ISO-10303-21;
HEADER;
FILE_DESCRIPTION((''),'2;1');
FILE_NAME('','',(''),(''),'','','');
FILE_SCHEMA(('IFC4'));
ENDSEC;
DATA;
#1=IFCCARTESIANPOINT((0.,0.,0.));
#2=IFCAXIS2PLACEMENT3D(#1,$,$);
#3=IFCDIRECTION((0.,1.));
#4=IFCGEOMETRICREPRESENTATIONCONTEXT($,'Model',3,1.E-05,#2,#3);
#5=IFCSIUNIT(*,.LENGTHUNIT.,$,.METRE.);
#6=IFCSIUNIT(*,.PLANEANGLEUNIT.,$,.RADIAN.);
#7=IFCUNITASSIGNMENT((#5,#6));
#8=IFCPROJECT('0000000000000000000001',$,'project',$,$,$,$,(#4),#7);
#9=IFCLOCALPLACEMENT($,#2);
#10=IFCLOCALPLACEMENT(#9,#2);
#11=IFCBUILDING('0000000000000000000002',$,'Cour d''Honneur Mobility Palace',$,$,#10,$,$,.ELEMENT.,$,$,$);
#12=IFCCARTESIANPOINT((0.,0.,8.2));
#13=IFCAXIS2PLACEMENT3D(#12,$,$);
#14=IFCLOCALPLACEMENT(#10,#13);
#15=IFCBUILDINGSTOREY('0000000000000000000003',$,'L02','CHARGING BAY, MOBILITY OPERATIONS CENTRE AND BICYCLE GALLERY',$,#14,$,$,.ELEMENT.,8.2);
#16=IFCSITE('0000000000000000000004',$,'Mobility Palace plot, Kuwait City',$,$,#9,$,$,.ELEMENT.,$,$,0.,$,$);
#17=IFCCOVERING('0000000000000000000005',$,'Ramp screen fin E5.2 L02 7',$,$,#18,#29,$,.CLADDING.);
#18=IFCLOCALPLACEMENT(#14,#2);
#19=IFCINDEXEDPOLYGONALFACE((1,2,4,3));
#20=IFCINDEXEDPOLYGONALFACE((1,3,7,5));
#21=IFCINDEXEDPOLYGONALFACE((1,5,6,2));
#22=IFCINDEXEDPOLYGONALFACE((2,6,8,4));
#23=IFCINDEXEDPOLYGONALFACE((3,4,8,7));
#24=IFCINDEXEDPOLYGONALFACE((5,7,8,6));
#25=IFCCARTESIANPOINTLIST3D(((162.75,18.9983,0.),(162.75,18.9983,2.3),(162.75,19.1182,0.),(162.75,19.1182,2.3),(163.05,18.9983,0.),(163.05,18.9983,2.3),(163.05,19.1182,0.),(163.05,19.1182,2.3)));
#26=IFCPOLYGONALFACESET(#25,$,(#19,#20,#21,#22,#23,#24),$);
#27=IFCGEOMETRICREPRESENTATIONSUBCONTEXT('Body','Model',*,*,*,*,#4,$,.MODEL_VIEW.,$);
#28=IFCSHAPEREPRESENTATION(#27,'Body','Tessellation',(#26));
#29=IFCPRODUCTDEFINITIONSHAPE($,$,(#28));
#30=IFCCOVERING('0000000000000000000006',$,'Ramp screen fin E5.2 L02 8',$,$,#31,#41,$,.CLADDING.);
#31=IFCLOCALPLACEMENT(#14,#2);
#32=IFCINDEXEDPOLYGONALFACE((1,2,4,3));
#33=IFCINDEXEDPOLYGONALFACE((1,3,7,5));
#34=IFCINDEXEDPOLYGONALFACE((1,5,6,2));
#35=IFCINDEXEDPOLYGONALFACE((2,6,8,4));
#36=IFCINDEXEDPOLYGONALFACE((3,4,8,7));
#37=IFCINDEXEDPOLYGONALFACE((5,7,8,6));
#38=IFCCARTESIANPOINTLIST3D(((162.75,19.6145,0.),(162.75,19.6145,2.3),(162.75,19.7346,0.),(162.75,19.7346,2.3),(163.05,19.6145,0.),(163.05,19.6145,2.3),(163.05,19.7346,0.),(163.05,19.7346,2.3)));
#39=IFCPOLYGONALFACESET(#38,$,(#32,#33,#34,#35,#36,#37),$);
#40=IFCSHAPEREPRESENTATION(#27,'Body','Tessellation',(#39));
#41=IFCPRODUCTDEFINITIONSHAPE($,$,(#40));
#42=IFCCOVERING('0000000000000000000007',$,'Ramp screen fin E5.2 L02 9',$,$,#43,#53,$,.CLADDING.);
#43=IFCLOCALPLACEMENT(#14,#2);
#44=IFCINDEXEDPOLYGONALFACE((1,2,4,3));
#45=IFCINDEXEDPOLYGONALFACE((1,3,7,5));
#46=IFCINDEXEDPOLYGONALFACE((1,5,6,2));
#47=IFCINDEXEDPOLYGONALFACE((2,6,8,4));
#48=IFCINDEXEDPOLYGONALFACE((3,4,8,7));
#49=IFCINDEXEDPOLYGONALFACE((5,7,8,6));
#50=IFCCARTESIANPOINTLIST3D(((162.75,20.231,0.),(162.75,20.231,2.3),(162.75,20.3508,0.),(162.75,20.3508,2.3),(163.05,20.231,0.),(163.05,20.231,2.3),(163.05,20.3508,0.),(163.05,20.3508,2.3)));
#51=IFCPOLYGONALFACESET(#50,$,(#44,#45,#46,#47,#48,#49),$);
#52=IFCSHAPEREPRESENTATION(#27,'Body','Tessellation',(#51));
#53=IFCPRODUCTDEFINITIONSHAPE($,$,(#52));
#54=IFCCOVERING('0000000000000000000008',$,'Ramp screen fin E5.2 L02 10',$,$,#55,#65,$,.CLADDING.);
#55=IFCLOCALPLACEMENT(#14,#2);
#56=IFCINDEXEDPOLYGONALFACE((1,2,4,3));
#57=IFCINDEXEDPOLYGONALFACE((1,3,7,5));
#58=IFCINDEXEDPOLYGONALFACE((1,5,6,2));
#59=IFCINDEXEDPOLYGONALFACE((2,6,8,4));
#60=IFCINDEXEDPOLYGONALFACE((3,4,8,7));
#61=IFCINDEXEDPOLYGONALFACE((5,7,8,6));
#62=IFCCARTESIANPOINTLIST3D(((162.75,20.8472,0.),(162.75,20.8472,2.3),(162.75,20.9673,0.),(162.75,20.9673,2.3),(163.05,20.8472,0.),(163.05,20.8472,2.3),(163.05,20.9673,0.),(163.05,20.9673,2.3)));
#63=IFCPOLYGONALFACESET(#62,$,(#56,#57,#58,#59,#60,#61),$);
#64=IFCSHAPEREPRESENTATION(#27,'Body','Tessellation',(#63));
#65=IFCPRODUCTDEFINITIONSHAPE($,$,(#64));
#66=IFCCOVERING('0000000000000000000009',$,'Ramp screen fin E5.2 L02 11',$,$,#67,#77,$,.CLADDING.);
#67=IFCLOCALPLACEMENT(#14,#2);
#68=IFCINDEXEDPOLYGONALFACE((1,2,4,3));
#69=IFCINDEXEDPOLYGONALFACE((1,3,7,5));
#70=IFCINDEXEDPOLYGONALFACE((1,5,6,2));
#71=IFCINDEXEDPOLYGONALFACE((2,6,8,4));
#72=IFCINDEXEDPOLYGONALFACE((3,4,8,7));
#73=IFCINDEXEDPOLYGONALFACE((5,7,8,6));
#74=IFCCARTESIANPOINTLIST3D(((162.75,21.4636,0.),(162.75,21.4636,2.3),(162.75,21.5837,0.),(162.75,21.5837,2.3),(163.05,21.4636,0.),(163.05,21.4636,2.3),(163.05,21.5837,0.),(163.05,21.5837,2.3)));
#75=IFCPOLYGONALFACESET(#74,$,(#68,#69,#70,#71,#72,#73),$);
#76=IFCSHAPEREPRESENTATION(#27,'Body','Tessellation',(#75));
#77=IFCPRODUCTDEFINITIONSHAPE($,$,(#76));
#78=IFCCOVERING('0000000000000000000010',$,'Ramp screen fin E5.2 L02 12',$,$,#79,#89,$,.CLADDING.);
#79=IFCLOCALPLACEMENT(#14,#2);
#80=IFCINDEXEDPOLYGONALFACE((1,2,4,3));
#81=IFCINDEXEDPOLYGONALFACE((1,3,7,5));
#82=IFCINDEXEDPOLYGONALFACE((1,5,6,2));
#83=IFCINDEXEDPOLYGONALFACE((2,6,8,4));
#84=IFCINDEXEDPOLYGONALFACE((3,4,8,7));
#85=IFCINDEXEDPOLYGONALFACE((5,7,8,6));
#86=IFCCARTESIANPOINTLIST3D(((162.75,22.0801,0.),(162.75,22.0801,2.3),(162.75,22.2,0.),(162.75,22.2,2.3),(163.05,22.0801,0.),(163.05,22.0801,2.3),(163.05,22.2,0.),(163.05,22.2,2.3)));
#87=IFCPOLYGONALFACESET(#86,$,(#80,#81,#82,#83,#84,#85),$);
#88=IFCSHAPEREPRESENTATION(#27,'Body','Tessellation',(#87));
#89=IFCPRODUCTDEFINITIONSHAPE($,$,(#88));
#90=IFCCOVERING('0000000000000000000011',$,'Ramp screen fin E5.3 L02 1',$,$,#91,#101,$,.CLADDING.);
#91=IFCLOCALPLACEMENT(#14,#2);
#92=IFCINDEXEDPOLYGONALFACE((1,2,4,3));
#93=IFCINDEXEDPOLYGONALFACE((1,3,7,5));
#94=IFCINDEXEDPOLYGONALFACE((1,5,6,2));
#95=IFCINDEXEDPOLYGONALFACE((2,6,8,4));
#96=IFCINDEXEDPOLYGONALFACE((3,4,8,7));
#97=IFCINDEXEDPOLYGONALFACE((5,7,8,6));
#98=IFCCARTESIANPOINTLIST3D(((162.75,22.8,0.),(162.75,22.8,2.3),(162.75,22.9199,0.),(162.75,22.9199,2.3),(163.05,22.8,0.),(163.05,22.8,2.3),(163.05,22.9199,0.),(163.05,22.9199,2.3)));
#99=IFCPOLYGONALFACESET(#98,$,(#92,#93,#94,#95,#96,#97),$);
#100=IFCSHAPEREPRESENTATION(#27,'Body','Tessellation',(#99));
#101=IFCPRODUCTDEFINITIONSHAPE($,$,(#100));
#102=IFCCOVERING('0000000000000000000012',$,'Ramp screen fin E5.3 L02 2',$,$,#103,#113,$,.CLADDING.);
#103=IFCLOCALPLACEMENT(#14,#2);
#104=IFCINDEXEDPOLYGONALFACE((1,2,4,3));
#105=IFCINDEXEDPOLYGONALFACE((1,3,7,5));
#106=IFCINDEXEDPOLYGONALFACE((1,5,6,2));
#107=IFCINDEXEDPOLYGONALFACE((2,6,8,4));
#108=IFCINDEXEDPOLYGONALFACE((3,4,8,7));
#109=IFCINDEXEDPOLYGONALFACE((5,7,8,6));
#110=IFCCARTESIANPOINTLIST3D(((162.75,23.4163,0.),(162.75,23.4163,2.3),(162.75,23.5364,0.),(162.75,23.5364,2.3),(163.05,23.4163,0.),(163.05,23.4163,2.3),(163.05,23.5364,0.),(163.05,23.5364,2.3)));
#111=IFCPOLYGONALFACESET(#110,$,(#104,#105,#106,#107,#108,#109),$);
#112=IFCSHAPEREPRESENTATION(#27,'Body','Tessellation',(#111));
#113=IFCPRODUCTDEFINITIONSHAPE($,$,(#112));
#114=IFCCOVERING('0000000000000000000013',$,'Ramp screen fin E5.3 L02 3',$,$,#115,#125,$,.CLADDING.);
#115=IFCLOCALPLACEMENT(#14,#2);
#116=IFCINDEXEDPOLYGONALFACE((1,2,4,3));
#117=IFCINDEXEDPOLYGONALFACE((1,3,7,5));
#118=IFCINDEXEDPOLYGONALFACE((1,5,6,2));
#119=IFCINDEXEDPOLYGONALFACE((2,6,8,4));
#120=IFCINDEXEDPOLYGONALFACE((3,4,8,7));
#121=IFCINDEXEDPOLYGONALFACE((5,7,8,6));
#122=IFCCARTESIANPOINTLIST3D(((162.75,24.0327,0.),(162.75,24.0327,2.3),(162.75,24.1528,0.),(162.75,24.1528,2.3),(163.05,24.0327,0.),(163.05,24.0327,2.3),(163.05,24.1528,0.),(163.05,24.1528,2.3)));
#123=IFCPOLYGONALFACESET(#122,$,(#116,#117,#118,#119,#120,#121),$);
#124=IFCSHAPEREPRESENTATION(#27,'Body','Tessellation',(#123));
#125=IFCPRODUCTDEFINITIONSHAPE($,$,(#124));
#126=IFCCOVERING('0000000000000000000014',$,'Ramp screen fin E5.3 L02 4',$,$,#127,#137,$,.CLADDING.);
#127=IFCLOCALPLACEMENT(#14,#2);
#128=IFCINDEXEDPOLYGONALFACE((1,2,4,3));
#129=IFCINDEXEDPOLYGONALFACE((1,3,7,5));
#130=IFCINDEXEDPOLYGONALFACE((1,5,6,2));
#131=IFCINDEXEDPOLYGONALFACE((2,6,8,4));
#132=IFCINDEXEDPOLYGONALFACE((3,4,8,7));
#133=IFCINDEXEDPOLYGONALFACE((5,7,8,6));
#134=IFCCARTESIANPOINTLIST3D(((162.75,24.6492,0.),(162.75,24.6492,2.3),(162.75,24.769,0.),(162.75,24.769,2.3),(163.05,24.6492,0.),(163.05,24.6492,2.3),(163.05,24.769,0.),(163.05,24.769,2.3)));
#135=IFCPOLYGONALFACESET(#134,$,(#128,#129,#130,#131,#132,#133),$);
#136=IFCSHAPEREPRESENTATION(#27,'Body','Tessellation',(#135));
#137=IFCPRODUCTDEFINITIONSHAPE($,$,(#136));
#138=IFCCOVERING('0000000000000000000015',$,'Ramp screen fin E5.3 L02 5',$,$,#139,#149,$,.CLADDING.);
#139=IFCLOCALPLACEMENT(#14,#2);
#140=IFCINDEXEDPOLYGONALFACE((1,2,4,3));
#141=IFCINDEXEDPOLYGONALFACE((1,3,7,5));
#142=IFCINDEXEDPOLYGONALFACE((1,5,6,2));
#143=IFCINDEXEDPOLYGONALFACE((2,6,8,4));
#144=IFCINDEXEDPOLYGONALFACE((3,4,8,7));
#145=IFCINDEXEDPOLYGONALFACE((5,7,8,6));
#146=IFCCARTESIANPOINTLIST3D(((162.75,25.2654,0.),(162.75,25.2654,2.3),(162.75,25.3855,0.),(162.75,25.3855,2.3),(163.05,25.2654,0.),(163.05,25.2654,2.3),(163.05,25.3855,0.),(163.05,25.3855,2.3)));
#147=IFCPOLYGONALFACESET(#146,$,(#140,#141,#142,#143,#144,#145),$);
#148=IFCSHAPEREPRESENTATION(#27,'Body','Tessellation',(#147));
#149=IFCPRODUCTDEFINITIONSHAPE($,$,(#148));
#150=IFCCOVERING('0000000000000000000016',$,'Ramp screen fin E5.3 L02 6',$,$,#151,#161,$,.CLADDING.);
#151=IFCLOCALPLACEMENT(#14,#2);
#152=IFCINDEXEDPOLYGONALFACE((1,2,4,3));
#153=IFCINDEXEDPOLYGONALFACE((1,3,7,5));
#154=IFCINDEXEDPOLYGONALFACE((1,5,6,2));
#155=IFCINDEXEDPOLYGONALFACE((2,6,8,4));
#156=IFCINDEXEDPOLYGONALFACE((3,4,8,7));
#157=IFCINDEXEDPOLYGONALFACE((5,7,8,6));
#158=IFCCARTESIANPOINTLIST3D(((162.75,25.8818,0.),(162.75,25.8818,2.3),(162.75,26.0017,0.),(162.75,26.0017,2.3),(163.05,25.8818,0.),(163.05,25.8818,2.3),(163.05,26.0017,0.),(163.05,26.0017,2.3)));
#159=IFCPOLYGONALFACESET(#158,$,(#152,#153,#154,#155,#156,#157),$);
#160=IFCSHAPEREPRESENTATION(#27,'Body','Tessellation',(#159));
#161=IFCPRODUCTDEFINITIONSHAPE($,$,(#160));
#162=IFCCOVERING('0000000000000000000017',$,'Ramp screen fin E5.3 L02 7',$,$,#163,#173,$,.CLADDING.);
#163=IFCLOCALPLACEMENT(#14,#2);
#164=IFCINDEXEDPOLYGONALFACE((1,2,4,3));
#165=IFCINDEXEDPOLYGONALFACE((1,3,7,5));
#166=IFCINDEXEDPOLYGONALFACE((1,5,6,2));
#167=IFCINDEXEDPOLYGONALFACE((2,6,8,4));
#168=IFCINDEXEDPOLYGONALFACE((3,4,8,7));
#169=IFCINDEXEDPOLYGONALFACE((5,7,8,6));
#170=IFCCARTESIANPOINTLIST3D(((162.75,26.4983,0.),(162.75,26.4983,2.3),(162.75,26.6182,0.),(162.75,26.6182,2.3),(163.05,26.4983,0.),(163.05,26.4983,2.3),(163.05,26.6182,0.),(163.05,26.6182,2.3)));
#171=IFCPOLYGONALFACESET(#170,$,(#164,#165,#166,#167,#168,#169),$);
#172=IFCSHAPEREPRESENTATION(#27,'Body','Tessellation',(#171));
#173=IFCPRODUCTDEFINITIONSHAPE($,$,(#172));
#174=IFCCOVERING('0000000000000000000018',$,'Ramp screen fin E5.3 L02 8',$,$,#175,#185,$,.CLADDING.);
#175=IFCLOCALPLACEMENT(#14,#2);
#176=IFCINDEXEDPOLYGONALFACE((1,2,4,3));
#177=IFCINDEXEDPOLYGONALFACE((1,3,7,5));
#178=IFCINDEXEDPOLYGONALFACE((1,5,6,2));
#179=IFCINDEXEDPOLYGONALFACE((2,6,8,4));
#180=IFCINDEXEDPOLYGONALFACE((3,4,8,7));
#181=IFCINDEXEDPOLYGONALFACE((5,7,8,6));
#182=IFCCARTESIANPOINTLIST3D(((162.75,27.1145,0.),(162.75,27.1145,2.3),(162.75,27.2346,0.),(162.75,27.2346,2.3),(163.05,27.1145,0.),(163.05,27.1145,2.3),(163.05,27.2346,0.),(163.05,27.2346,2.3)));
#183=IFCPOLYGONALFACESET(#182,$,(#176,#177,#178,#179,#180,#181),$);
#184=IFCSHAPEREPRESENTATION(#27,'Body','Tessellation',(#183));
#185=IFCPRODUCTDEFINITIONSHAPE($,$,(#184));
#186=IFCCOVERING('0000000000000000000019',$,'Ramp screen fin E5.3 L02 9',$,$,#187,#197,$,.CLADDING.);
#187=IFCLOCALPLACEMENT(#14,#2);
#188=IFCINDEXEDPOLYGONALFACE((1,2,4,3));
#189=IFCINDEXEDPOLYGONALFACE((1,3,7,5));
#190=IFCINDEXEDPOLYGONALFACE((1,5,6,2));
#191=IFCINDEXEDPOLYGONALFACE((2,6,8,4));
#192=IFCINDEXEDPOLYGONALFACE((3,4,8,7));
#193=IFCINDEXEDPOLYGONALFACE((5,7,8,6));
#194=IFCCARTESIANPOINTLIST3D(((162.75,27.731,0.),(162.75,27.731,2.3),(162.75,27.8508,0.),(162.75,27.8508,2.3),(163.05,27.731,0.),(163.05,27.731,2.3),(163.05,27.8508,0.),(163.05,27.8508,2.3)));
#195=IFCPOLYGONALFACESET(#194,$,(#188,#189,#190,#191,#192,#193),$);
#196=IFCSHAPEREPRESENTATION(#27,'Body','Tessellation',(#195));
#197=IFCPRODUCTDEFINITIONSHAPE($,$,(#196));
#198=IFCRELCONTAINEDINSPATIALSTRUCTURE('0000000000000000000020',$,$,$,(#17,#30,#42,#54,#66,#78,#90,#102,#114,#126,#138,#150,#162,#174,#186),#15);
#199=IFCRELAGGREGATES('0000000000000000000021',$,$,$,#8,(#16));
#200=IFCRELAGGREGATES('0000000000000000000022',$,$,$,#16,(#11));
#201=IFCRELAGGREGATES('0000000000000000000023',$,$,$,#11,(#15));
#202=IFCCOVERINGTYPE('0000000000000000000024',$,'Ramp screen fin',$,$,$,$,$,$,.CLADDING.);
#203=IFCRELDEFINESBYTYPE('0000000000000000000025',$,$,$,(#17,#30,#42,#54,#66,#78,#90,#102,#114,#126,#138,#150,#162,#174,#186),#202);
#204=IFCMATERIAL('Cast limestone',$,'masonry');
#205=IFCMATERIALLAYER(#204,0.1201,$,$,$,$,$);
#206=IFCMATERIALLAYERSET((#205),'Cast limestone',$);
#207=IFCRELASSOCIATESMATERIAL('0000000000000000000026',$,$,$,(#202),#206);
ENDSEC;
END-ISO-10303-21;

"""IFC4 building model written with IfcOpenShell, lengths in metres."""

from ifc_helpers import new_model, si_unit, direction, frame, origin, place, context, subcontext, project, spatial, polyline, outline, extrude, material, layer, layer_set, type_object, element, save


model = new_model("IFC4")

# Units and contexts
model_context = context("Model", 3, precision=1e-05, world=origin(), true_north=direction((0.0, 1.0)))
body_context = subcontext(model_context, "Body", "Model", "MODEL_VIEW")
ifc_project = project(units=[si_unit("LENGTHUNIT", "METRE"), si_unit("PLANEANGLEUNIT", "RADIAN")], contexts=[model_context])

# Site, building, storey
site_placement = place(None, origin())
site = spatial("IfcSite", under=ifc_project, at=site_placement, Name="Mobility Palace plot, Kuwait City", CompositionType="ELEMENT", RefElevation=0.0)
building_placement = place(site_placement, origin())
building = spatial("IfcBuilding", under=site, at=building_placement, Name="Cour d'Honneur Mobility Palace", CompositionType="ELEMENT")
storey_placement = place(building_placement, frame((0.0, 0.0, 8.2)))
storey = spatial("IfcBuildingStorey", under=building, at=storey_placement, Name="L02", Description="CHARGING BAY, MOBILITY OPERATIONS CENTRE AND BICYCLE GALLERY", CompositionType="ELEMENT", Elevation=8.2)

# Coverings
ifc_material = material(Name="Cast limestone", Category="masonry")
ifc_layer = layer(ifc_material, 0.1201)
ifc_layer_set = layer_set([ifc_layer], Name="Cast limestone")
covering_type = type_object("IfcCoveringType", Name="Ramp screen fin", PredefinedType="CLADDING", material=ifc_layer_set)
covering_1_placement = place(storey_placement, origin())
element("IfcCovering", 1, at=covering_1_placement, inside=storey, type_object=covering_type, Name="Ramp screen fin E5.2 L02 7", PredefinedType="CLADDING", context=body_context, shape_type="SweptSolid", body=[
    extrude(outline(polyline([(162.75, 18.9983), (162.75, 19.1182), (163.05, 19.1182), (163.05, 18.9983), (162.75, 18.9983)])), origin(), (0.0, 0.0, 1.0), 2.3),
])
covering_2_placement = place(storey_placement, origin())
element("IfcCovering", 2, at=covering_2_placement, inside=storey, type_object=covering_type, Name="Ramp screen fin E5.2 L02 8", PredefinedType="CLADDING", context=body_context, shape_type="SweptSolid", body=[
    extrude(outline(polyline([(162.75, 19.6145), (162.75, 19.7346), (163.05, 19.7346), (163.05, 19.6145), (162.75, 19.6145)])), origin(), (0.0, 0.0, 1.0), 2.3),
])
covering_3_placement = place(storey_placement, origin())
element("IfcCovering", 3, at=covering_3_placement, inside=storey, type_object=covering_type, Name="Ramp screen fin E5.2 L02 9", PredefinedType="CLADDING", context=body_context, shape_type="SweptSolid", body=[
    extrude(outline(polyline([(162.75, 20.231), (162.75, 20.3508), (163.05, 20.3508), (163.05, 20.231), (162.75, 20.231)])), origin(), (0.0, 0.0, 1.0), 2.3),
])
covering_4_placement = place(storey_placement, origin())
element("IfcCovering", 4, at=covering_4_placement, inside=storey, type_object=covering_type, Name="Ramp screen fin E5.2 L02 10", PredefinedType="CLADDING", context=body_context, shape_type="SweptSolid", body=[
    extrude(outline(polyline([(162.75, 20.8472), (162.75, 20.9673), (163.05, 20.9673), (163.05, 20.8472), (162.75, 20.8472)])), origin(), (0.0, 0.0, 1.0), 2.3),
])
covering_5_placement = place(storey_placement, origin())
element("IfcCovering", 5, at=covering_5_placement, inside=storey, type_object=covering_type, Name="Ramp screen fin E5.2 L02 11", PredefinedType="CLADDING", context=body_context, shape_type="SweptSolid", body=[
    extrude(outline(polyline([(162.75, 21.4636), (162.75, 21.5837), (163.05, 21.5837), (163.05, 21.4636), (162.75, 21.4636)])), origin(), (0.0, 0.0, 1.0), 2.3),
])
covering_6_placement = place(storey_placement, origin())
element("IfcCovering", 6, at=covering_6_placement, inside=storey, type_object=covering_type, Name="Ramp screen fin E5.2 L02 12", PredefinedType="CLADDING", context=body_context, shape_type="SweptSolid", body=[
    extrude(outline(polyline([(162.75, 22.0801), (162.75, 22.2), (163.05, 22.2), (163.05, 22.0801), (162.75, 22.0801)])), origin(), (0.0, 0.0, 1.0), 2.3),
])
covering_7_placement = place(storey_placement, origin())
element("IfcCovering", 7, at=covering_7_placement, inside=storey, type_object=covering_type, Name="Ramp screen fin E5.3 L02 1", PredefinedType="CLADDING", context=body_context, shape_type="SweptSolid", body=[
    extrude(outline(polyline([(162.75, 22.8), (162.75, 22.9199), (163.05, 22.9199), (163.05, 22.8), (162.75, 22.8)])), origin(), (0.0, 0.0, 1.0), 2.3),
])
covering_8_placement = place(storey_placement, origin())
element("IfcCovering", 8, at=covering_8_placement, inside=storey, type_object=covering_type, Name="Ramp screen fin E5.3 L02 2", PredefinedType="CLADDING", context=body_context, shape_type="SweptSolid", body=[
    extrude(outline(polyline([(162.75, 23.4163), (162.75, 23.5364), (163.05, 23.5364), (163.05, 23.4163), (162.75, 23.4163)])), origin(), (0.0, 0.0, 1.0), 2.3),
])
covering_9_placement = place(storey_placement, origin())
element("IfcCovering", 9, at=covering_9_placement, inside=storey, type_object=covering_type, Name="Ramp screen fin E5.3 L02 3", PredefinedType="CLADDING", context=body_context, shape_type="SweptSolid", body=[
    extrude(outline(polyline([(162.75, 24.0327), (162.75, 24.1528), (163.05, 24.1528), (163.05, 24.0327), (162.75, 24.0327)])), origin(), (0.0, 0.0, 1.0), 2.3),
])
covering_10_placement = place(storey_placement, origin())
element("IfcCovering", 10, at=covering_10_placement, inside=storey, type_object=covering_type, Name="Ramp screen fin E5.3 L02 4", PredefinedType="CLADDING", context=body_context, shape_type="SweptSolid", body=[
    extrude(outline(polyline([(162.75, 24.6492), (162.75, 24.769), (163.05, 24.769), (163.05, 24.6492), (162.75, 24.6492)])), origin(), (0.0, 0.0, 1.0), 2.3),
])
covering_11_placement = place(storey_placement, origin())
element("IfcCovering", 11, at=covering_11_placement, inside=storey, type_object=covering_type, Name="Ramp screen fin E5.3 L02 5", PredefinedType="CLADDING", context=body_context, shape_type="SweptSolid", body=[
    extrude(outline(polyline([(162.75, 25.2654), (162.75, 25.3855), (163.05, 25.3855), (163.05, 25.2654), (162.75, 25.2654)])), origin(), (0.0, 0.0, 1.0), 2.3),
])
covering_12_placement = place(storey_placement, origin())
element("IfcCovering", 12, at=covering_12_placement, inside=storey, type_object=covering_type, Name="Ramp screen fin E5.3 L02 6", PredefinedType="CLADDING", context=body_context, shape_type="SweptSolid", body=[
    extrude(outline(polyline([(162.75, 25.8818), (162.75, 26.0017), (163.05, 26.0017), (163.05, 25.8818), (162.75, 25.8818)])), origin(), (0.0, 0.0, 1.0), 2.3),
])
covering_13_placement = place(storey_placement, origin())
element("IfcCovering", 13, at=covering_13_placement, inside=storey, type_object=covering_type, Name="Ramp screen fin E5.3 L02 7", PredefinedType="CLADDING", context=body_context, shape_type="SweptSolid", body=[
    extrude(outline(polyline([(162.75, 26.4983), (162.75, 26.6182), (163.05, 26.6182), (163.05, 26.4983), (162.75, 26.4983)])), origin(), (0.0, 0.0, 1.0), 2.3),
])
covering_14_placement = place(storey_placement, origin())
element("IfcCovering", 14, at=covering_14_placement, inside=storey, type_object=covering_type, Name="Ramp screen fin E5.3 L02 8", PredefinedType="CLADDING", context=body_context, shape_type="SweptSolid", body=[
    extrude(outline(polyline([(162.75, 27.1145), (162.75, 27.2346), (163.05, 27.2346), (163.05, 27.1145), (162.75, 27.1145)])), origin(), (0.0, 0.0, 1.0), 2.3),
])
covering_15_placement = place(storey_placement, origin())
element("IfcCovering", 15, at=covering_15_placement, inside=storey, type_object=covering_type, Name="Ramp screen fin E5.3 L02 9", PredefinedType="CLADDING", context=body_context, shape_type="SweptSolid", body=[
    extrude(outline(polyline([(162.75, 27.731), (162.75, 27.8508), (163.05, 27.8508), (163.05, 27.731), (162.75, 27.731)])), origin(), (0.0, 0.0, 1.0), 2.3),
])

save(model, "model.ifc")
